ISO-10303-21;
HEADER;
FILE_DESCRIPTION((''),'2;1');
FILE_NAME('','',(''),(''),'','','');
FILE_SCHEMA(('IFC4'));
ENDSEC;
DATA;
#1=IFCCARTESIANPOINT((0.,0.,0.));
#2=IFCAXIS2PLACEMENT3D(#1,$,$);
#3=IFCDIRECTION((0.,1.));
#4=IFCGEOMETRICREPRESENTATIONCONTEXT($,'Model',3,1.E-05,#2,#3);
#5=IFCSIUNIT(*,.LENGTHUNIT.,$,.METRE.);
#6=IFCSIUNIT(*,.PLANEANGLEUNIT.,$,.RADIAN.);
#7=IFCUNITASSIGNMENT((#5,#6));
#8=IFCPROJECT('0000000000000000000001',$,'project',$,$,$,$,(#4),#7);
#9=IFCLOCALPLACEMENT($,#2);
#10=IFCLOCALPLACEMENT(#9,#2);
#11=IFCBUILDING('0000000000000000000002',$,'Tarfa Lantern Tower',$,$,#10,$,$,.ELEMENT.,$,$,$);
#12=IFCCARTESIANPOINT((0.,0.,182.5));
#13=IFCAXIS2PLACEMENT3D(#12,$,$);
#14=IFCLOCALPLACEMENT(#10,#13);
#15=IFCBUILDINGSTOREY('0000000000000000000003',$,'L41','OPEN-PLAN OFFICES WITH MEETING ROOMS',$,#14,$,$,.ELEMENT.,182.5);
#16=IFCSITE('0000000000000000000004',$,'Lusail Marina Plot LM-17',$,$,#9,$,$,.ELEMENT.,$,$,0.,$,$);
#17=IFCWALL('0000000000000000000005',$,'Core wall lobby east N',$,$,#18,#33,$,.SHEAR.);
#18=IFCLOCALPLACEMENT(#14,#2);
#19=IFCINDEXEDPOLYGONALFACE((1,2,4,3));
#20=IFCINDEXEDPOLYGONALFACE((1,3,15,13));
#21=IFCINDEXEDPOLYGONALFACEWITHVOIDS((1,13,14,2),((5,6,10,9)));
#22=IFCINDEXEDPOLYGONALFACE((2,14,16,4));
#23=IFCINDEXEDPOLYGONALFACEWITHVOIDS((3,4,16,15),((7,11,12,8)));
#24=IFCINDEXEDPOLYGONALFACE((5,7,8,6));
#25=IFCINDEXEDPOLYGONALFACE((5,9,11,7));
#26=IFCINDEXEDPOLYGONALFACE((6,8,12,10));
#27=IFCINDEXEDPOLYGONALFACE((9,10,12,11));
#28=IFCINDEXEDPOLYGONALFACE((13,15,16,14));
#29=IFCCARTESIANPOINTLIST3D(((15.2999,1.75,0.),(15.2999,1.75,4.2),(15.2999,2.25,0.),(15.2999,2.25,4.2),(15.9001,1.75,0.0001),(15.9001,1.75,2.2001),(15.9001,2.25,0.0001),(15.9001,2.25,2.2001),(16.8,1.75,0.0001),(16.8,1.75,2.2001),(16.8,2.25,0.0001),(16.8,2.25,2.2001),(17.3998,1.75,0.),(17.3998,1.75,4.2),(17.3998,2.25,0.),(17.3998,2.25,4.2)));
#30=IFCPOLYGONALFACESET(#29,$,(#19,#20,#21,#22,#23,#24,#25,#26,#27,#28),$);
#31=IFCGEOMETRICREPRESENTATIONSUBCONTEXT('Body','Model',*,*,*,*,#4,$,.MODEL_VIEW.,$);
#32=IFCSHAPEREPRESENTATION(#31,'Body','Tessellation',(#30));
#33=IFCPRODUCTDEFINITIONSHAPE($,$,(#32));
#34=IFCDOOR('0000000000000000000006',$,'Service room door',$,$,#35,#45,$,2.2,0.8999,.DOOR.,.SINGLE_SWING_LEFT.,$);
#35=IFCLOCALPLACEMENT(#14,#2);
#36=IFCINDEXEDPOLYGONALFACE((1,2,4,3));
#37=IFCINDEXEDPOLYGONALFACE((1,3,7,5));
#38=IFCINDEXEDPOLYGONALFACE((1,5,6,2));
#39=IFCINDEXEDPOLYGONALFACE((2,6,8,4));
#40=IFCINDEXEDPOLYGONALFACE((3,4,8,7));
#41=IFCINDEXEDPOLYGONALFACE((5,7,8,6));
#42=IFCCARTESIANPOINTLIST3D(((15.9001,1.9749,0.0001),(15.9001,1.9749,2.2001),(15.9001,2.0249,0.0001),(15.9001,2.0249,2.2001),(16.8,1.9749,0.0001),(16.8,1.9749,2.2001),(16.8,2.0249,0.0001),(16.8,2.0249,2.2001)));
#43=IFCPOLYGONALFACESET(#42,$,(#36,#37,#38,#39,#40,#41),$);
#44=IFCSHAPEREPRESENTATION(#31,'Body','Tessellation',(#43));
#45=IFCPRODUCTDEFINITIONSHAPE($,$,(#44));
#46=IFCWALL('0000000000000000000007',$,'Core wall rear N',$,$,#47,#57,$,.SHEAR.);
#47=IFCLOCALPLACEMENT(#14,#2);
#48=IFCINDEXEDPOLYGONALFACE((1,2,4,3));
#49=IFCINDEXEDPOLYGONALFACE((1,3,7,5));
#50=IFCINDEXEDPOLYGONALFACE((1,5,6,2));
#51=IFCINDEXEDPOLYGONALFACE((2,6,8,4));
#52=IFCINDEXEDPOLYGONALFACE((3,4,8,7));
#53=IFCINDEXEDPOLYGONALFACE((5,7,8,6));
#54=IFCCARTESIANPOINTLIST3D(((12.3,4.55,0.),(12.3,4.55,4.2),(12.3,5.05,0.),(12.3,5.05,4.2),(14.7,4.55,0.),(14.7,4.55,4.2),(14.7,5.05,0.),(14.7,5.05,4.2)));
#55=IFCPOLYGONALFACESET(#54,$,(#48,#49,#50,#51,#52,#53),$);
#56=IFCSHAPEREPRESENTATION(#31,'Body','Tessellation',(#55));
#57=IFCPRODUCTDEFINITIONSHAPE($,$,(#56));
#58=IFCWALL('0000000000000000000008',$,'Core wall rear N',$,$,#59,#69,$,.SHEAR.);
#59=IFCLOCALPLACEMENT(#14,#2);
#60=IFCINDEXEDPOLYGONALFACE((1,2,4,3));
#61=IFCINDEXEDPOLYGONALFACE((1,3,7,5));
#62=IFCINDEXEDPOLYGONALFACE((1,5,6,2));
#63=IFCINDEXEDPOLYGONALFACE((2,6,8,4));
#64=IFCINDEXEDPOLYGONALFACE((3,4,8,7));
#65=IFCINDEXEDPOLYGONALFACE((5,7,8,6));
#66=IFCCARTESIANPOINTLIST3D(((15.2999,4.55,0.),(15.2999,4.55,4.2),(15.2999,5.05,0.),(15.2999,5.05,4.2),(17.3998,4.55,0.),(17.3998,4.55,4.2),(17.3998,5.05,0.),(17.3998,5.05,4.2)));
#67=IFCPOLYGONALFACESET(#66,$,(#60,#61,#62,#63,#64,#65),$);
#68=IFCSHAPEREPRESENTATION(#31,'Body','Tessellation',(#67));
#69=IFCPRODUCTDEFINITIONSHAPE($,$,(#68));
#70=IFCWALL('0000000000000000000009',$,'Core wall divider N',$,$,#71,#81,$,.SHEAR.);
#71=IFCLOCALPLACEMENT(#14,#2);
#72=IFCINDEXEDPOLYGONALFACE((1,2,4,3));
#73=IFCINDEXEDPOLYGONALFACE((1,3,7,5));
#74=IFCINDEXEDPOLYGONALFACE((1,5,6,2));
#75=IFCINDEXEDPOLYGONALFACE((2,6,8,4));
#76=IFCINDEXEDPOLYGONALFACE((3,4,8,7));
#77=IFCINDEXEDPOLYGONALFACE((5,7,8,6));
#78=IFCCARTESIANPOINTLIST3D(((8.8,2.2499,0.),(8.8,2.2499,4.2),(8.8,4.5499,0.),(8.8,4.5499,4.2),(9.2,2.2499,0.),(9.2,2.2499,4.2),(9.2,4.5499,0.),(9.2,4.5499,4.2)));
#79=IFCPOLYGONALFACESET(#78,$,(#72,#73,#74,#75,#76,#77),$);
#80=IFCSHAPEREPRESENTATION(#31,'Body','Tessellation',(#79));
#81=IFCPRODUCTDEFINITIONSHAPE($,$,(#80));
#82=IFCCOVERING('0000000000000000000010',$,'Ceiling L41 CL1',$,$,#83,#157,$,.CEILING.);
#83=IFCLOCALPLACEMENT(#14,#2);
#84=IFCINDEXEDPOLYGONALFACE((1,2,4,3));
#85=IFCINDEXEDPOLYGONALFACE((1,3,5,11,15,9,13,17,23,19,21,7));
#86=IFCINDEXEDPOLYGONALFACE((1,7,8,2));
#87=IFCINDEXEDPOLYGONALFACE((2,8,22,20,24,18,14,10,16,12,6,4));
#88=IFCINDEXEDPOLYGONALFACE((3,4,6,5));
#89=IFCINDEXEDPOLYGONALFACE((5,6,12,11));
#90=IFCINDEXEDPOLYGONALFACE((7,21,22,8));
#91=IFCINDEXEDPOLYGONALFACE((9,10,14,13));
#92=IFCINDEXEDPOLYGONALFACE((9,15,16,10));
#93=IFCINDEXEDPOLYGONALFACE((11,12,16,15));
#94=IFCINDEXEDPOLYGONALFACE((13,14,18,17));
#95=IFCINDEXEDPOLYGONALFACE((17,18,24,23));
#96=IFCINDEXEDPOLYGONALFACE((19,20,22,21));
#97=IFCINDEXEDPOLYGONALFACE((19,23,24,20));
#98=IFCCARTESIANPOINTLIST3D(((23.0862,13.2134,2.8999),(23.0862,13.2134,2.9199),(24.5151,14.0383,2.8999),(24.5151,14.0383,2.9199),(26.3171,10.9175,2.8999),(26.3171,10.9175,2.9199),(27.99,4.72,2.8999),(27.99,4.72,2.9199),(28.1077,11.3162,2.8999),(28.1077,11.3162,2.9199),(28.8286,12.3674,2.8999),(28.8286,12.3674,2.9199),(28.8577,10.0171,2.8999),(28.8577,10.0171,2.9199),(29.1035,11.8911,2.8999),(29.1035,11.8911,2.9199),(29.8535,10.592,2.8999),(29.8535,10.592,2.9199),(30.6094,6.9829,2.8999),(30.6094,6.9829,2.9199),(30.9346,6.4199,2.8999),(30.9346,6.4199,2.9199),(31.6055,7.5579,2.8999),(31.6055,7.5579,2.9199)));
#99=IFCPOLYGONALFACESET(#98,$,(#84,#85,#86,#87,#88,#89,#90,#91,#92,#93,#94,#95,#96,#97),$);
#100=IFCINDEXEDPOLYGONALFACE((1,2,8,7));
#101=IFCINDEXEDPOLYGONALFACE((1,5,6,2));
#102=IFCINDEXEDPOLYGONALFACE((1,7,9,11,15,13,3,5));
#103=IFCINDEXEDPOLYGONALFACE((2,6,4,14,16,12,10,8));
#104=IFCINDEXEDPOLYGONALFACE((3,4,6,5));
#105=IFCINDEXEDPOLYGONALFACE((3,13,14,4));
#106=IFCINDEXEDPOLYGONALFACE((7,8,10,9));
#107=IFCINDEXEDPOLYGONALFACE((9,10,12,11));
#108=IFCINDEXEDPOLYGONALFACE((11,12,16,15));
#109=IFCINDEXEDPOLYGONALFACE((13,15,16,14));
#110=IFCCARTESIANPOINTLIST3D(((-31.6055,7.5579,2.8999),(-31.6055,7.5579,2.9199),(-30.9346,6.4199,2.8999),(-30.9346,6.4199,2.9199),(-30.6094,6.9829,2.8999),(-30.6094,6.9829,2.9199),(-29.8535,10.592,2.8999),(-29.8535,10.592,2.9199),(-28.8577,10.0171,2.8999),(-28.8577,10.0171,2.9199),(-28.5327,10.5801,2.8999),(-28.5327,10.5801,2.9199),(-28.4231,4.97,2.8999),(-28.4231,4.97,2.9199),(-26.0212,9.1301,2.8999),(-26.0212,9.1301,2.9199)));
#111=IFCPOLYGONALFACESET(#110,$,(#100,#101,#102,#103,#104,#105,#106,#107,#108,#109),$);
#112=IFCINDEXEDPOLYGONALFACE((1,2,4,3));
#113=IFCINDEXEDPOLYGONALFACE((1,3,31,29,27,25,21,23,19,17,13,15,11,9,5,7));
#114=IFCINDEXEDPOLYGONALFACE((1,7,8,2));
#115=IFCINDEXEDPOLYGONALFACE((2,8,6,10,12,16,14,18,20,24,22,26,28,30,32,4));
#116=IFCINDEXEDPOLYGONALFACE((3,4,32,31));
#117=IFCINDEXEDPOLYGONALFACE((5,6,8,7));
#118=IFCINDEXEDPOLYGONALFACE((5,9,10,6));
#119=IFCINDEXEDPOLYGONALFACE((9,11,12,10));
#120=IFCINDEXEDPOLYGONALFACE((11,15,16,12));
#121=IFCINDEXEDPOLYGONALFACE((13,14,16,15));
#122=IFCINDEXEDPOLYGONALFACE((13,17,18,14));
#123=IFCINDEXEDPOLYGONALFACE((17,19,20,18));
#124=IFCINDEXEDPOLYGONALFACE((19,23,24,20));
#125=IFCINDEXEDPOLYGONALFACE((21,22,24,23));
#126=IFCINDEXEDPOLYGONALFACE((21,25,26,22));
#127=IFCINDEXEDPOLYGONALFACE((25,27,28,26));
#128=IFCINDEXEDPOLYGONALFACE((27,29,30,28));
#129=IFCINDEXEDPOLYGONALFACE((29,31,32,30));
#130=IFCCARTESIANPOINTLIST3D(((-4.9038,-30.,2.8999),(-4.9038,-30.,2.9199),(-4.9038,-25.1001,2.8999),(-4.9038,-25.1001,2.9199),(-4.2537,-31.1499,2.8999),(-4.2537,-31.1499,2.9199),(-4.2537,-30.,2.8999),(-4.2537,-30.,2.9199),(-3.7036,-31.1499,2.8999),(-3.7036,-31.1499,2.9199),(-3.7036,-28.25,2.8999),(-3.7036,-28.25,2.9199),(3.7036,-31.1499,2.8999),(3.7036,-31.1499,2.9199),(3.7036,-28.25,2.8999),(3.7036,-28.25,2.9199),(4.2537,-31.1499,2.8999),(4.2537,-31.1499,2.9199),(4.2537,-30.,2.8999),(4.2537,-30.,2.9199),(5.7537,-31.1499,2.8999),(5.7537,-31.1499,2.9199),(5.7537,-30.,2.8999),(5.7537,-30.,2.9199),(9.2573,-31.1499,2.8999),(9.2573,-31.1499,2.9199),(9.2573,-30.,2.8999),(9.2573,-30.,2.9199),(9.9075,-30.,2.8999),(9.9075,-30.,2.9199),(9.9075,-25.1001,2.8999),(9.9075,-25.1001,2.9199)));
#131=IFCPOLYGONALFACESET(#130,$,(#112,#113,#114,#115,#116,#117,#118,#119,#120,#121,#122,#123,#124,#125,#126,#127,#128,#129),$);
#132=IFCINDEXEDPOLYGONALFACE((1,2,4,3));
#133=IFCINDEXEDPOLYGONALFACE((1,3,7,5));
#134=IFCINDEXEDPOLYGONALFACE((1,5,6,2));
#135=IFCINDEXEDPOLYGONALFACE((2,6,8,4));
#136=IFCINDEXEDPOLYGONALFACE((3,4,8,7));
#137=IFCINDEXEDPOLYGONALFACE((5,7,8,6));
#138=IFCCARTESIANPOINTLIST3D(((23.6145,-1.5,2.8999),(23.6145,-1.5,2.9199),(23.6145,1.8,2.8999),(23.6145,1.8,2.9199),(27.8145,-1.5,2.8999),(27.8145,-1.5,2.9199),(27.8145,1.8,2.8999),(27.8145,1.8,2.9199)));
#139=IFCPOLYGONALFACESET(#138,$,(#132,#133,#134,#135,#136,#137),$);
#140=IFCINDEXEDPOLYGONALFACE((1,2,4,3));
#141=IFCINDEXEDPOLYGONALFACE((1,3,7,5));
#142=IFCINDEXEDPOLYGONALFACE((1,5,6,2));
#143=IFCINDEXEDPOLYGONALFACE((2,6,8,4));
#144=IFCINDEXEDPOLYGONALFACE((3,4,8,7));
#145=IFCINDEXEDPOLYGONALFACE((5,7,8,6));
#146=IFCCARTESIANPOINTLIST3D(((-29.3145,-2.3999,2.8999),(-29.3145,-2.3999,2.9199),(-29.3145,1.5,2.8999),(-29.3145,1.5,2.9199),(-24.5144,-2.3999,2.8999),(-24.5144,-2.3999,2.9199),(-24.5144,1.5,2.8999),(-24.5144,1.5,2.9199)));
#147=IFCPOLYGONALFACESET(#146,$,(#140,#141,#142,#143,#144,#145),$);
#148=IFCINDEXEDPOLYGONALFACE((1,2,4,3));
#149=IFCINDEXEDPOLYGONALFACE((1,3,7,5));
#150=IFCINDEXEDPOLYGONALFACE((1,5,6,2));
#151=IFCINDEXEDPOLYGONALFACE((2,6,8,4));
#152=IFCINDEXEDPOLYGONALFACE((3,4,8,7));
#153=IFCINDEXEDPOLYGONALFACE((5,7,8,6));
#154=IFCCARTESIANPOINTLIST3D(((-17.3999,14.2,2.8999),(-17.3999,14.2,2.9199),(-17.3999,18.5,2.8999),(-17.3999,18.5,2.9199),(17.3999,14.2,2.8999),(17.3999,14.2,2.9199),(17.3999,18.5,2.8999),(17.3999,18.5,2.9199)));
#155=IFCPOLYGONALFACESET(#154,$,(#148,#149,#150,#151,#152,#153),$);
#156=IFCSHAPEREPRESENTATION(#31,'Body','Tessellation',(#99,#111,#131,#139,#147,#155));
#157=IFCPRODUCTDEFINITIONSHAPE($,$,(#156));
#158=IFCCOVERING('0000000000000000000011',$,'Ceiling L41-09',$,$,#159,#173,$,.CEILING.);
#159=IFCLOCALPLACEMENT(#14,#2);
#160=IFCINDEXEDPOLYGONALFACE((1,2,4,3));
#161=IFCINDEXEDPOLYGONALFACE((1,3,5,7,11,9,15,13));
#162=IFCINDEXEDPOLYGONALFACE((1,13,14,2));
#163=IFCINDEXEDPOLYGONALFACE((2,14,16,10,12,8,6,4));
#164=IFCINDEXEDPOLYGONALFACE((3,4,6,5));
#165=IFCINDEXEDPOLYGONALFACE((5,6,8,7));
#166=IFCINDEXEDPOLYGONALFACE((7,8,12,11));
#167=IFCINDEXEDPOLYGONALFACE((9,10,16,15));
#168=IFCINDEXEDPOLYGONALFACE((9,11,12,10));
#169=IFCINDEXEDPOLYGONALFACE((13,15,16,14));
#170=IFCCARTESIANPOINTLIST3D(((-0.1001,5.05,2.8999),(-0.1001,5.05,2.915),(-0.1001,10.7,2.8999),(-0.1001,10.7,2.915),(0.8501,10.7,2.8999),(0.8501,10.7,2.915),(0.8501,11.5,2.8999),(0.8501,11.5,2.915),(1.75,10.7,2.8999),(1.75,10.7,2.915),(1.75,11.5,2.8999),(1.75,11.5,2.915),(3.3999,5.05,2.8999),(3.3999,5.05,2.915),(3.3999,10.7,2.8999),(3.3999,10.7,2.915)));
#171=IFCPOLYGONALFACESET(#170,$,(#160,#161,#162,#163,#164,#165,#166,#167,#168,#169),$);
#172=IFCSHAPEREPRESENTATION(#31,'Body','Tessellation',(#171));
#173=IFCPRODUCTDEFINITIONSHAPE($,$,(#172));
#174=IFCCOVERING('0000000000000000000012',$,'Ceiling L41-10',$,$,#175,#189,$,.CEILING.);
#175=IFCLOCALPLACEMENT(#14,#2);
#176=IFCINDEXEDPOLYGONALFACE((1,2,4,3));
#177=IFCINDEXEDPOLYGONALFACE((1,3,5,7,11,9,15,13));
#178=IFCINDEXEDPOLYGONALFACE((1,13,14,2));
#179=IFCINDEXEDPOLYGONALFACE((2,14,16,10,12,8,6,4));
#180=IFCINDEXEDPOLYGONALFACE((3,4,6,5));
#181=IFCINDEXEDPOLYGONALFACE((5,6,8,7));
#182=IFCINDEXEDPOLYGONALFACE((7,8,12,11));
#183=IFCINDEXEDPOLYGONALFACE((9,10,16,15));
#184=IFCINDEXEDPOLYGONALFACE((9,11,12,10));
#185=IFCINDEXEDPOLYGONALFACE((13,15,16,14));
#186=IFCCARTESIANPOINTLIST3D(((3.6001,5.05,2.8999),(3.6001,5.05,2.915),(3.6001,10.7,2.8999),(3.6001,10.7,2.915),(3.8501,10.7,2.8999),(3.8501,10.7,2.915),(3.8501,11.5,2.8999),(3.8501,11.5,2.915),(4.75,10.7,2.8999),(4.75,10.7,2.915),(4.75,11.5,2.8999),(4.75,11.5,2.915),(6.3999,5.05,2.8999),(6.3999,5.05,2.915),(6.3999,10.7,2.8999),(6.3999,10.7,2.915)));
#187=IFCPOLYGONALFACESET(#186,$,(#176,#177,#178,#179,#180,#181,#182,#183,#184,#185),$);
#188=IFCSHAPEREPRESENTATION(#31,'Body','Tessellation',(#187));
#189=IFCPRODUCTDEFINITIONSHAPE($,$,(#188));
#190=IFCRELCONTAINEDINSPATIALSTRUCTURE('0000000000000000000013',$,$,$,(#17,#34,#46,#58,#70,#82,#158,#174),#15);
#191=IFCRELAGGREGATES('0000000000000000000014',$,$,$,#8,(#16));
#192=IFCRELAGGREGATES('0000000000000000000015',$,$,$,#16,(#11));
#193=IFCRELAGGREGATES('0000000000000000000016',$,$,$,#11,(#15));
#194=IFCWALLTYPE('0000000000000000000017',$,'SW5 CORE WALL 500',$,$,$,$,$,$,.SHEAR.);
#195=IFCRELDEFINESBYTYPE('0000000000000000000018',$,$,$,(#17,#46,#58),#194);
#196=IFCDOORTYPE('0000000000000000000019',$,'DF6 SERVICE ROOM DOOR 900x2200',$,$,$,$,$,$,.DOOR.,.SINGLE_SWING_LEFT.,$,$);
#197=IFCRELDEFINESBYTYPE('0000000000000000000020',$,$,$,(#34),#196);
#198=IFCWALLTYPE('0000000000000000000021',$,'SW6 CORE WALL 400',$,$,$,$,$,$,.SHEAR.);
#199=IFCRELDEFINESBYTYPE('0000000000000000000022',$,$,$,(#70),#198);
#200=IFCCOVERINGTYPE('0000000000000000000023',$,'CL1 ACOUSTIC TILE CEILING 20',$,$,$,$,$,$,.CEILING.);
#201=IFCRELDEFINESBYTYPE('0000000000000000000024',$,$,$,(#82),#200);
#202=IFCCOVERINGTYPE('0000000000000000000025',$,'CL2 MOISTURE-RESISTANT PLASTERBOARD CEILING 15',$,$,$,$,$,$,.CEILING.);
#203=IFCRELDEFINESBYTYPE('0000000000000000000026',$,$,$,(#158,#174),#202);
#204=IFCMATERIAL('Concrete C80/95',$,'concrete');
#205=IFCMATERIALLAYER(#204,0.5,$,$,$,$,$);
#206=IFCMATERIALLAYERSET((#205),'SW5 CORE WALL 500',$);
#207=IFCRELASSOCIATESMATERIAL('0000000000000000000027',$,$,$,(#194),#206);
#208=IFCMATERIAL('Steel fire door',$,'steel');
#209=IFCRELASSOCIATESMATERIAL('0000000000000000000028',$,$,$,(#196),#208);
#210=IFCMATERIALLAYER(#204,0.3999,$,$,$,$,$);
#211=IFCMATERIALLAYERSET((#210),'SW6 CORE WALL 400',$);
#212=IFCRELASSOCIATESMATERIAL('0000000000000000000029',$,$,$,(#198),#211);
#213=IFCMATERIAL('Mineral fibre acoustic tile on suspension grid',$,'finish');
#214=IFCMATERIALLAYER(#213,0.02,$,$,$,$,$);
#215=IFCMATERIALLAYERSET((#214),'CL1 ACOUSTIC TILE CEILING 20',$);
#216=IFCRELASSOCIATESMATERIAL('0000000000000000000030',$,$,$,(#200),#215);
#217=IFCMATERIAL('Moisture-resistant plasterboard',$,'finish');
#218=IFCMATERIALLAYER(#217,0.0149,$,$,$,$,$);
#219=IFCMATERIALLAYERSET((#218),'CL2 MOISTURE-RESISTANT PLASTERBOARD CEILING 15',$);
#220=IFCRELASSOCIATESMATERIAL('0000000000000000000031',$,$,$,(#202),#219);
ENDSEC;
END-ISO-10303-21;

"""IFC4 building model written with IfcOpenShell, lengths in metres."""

from ifc_helpers import new_model, si_unit, direction, frame, frame_2d, origin, place, context, subcontext, project, spatial, polyline, rectangle, outline, extrude, material, layer, layer_set, type_object, element, fill, save


model = new_model("IFC4")

# Units and contexts
model_context = context("Model", 3, precision=1e-05, world=origin(), true_north=direction((0.0, 1.0)))
body_context = subcontext(model_context, "Body", "Model", "MODEL_VIEW")
ifc_project = project(units=[si_unit("LENGTHUNIT", "METRE"), si_unit("PLANEANGLEUNIT", "RADIAN")], contexts=[model_context])

# Site, building, storey
site_placement = place(None, origin())
site = spatial("IfcSite", under=ifc_project, at=site_placement, Name="Lusail Marina Plot LM-17", CompositionType="ELEMENT", RefElevation=0.0)
building_placement = place(site_placement, origin())
building = spatial("IfcBuilding", under=site, at=building_placement, Name="Tarfa Lantern Tower", CompositionType="ELEMENT")
storey_placement = place(building_placement, frame((0.0, 0.0, 182.5)))
storey = spatial("IfcBuildingStorey", under=building, at=storey_placement, Name="L41", Description="OPEN-PLAN OFFICES WITH MEETING ROOMS", CompositionType="ELEMENT", Elevation=182.5)

# Shared definitions
ifc_material_1 = material(Name="Concrete C80/95", Category="concrete")
ifc_layer_1 = layer(ifc_material_1, 0.5)
ifc_layer_set_1 = layer_set([ifc_layer_1], Name="SW5 CORE WALL 500")
wall_type_1 = type_object("IfcWallType", Name="SW5 CORE WALL 500", PredefinedType="SHEAR", material=ifc_layer_set_1)

# Wall, opening, door
wall_1_placement = place(storey_placement, frame((15.3, 2.0, 0.0), z_axis=(0.0, 0.0, 1.0), x_axis=(1.0, 0.0, 0.0)))
wall_1 = element("IfcWall", 1, at=wall_1_placement, inside=storey, type_object=wall_type_1, Name="Core wall lobby east N", PredefinedType="SHEAR", context=body_context, shape_type="SweptSolid", body=[
    extrude(rectangle(XDim=2.0999, YDim=0.5, at=frame_2d((1.0498, 0.0))), origin(), (0.0, 0.0, 1.0), 4.2),
])
opening_placement = place(wall_1_placement, frame((0.6001, 0.0, 0.0)))
opening = element("IfcOpeningElement", 2, at=opening_placement, cuts=wall_1, PredefinedType="OPENING", context=body_context, shape_type="SweptSolid", body=[
    extrude(rectangle(XDim=0.8999, YDim=2.2, at=frame_2d((0.45, 1.1001))), frame((0.0, 0.26, 0.0), z_axis=(0.0, -1.0, 0.0), x_axis=(1.0, 0.0, 0.0)), (0.0, 0.0, 1.0), 0.52),
])
ifc_material_2 = material(Name="Steel fire door", Category="steel")
door_type = type_object("IfcDoorType", Name="DF6 SERVICE ROOM DOOR 900x2200", OperationType="SINGLE_SWING_LEFT", PredefinedType="DOOR", material=ifc_material_2)
door_placement = place(opening_placement, origin())
door = element("IfcDoor", 3, at=door_placement, inside=storey, type_object=door_type, Name="Service room door", OperationType="SINGLE_SWING_LEFT", OverallHeight=2.2, OverallWidth=0.8999, PredefinedType="DOOR", context=body_context, shape_type="SweptSolid", body=[
    extrude(rectangle(XDim=0.8999, YDim=2.2, at=frame_2d((0.45, 1.1001))), frame((0.0, 0.0249, 0.0), z_axis=(0.0, -1.0, 0.0), x_axis=(1.0, 0.0, 0.0)), (0.0, 0.0, 1.0), 0.05),
])
fill(opening, door)

# Walls
wall_2_placement = place(storey_placement, frame((12.3, 4.8, 0.0), z_axis=(0.0, 0.0, 1.0), x_axis=(1.0, 0.0, 0.0)))
element("IfcWall", 4, at=wall_2_placement, inside=storey, type_object=wall_type_1, Name="Core wall rear N", PredefinedType="SHEAR", context=body_context, shape_type="SweptSolid", body=[
    extrude(rectangle(XDim=2.3999, YDim=0.5, at=frame_2d((1.2, 0.0))), origin(), (0.0, 0.0, 1.0), 4.2),
])
wall_3_placement = place(storey_placement, frame((15.3, 4.8, 0.0), z_axis=(0.0, 0.0, 1.0), x_axis=(1.0, 0.0, 0.0)))
element("IfcWall", 5, at=wall_3_placement, inside=storey, type_object=wall_type_1, Name="Core wall rear N", PredefinedType="SHEAR", context=body_context, shape_type="SweptSolid", body=[
    extrude(rectangle(XDim=2.0999, YDim=0.5, at=frame_2d((1.0498, 0.0))), origin(), (0.0, 0.0, 1.0), 4.2),
])
ifc_layer_2 = layer(ifc_material_1, 0.3999)
ifc_layer_set_2 = layer_set([ifc_layer_2], Name="SW6 CORE WALL 400")
wall_type_2 = type_object("IfcWallType", Name="SW6 CORE WALL 400", PredefinedType="SHEAR", material=ifc_layer_set_2)
wall_4_placement = place(storey_placement, frame((9.0, 2.25, 0.0), z_axis=(0.0, 0.0, 1.0), x_axis=(0.0, 1.0, 0.0)))
element("IfcWall", 6, at=wall_4_placement, inside=storey, type_object=wall_type_2, Name="Core wall divider N", PredefinedType="SHEAR", context=body_context, shape_type="SweptSolid", body=[
    extrude(rectangle(XDim=2.3, YDim=0.3999, at=frame_2d((1.1499, 0.0))), origin(), (0.0, 0.0, 1.0), 4.2),
])

# Coverings
ifc_material_3 = material(Name="Mineral fibre acoustic tile on suspension grid", Category="finish")
ifc_layer_3 = layer(ifc_material_3, 0.02)
ifc_layer_set_3 = layer_set([ifc_layer_3], Name="CL1 ACOUSTIC TILE CEILING 20")
covering_type_1 = type_object("IfcCoveringType", Name="CL1 ACOUSTIC TILE CEILING 20", PredefinedType="CEILING", material=ifc_layer_set_3)
covering_1_placement = place(storey_placement, frame((0.0, 0.0, 2.8999)))
element("IfcCovering", 7, at=covering_1_placement, inside=storey, type_object=covering_type_1, Name="Ceiling L41 CL1", PredefinedType="CEILING", context=body_context, shape_type="SweptSolid", body=[
    extrude(outline(polyline([(27.99, 4.72), (23.0862, 13.2134), (24.5151, 14.0383), (26.3171, 10.9175), (28.8286, 12.3674), (29.1035, 11.8911), (28.1077, 11.3162), (28.8577, 10.0171), (29.8535, 10.592), (31.6055, 7.5579), (30.6094, 6.9829), (30.9346, 6.4199), (27.99, 4.72)])), origin(), (0.0, 0.0, 1.0), 0.02),
    extrude(outline(polyline([(-28.4231, 4.97), (-30.9346, 6.4199), (-30.6094, 6.9829), (-31.6055, 7.5579), (-29.8535, 10.592), (-28.8577, 10.0171), (-28.5327, 10.5801), (-26.0212, 9.1301), (-28.4231, 4.97)])), origin(), (0.0, 0.0, 1.0), 0.02),
    extrude(outline(polyline([(9.9075, -25.1001), (9.9075, -30.0), (9.2573, -30.0), (9.2573, -31.1499), (5.7537, -31.1499), (5.7537, -30.0), (4.2537, -30.0), (4.2537, -31.1499), (3.7036, -31.1499), (3.7036, -28.25), (-3.7036, -28.25), (-3.7036, -31.1499), (-4.2537, -31.1499), (-4.2537, -30.0), (-4.9038, -30.0), (-4.9038, -25.1001), (9.9075, -25.1001)])), origin(), (0.0, 0.0, 1.0), 0.02),
    extrude(outline(polyline([(27.8145, 1.8), (27.8145, -1.5), (23.6145, -1.5), (23.6145, 1.8), (27.8145, 1.8)])), origin(), (0.0, 0.0, 1.0), 0.02),
    extrude(outline(polyline([(-29.3145, -2.3999), (-29.3145, 1.5), (-24.5144, 1.5), (-24.5144, -2.3999), (-29.3145, -2.3999)])), origin(), (0.0, 0.0, 1.0), 0.02),
    extrude(outline(polyline([(-17.3999, 18.5), (17.3999, 18.5), (17.3999, 14.2), (-17.3999, 14.2), (-17.3999, 18.5)])), origin(), (0.0, 0.0, 1.0), 0.02),
])
ifc_material_4 = material(Name="Moisture-resistant plasterboard", Category="finish")
ifc_layer_4 = layer(ifc_material_4, 0.0149)
ifc_layer_set_4 = layer_set([ifc_layer_4], Name="CL2 MOISTURE-RESISTANT PLASTERBOARD CEILING 15")
covering_type_2 = type_object("IfcCoveringType", Name="CL2 MOISTURE-RESISTANT PLASTERBOARD CEILING 15", PredefinedType="CEILING", material=ifc_layer_set_4)
covering_2_placement = place(storey_placement, frame((0.0, 0.0, 2.8999)))
element("IfcCovering", 8, at=covering_2_placement, inside=storey, type_object=covering_type_2, Name="Ceiling L41-09", PredefinedType="CEILING", context=body_context, shape_type="SweptSolid", body=[
    extrude(outline(polyline([(0.8501, 10.7), (-0.1001, 10.7), (-0.1001, 5.05), (3.3999, 5.05), (3.3999, 10.7), (1.75, 10.7), (1.75, 11.5), (0.8501, 11.5), (0.8501, 11.5), (0.8501, 10.7)])), origin(), (0.0, 0.0, 1.0), 0.0151),
])
covering_3_placement = place(storey_placement, frame((0.0, 0.0, 2.8999)))
element("IfcCovering", 9, at=covering_3_placement, inside=storey, type_object=covering_type_2, Name="Ceiling L41-10", PredefinedType="CEILING", context=body_context, shape_type="SweptSolid", body=[
    extrude(outline(polyline([(3.6001, 5.05), (6.3999, 5.05), (6.3999, 10.7), (4.75, 10.7), (4.75, 11.5), (3.8501, 11.5), (3.8501, 10.7), (3.6001, 10.7), (3.6001, 5.05)])), origin(), (0.0, 0.0, 1.0), 0.0151),
])

save(model, "model.ifc")
